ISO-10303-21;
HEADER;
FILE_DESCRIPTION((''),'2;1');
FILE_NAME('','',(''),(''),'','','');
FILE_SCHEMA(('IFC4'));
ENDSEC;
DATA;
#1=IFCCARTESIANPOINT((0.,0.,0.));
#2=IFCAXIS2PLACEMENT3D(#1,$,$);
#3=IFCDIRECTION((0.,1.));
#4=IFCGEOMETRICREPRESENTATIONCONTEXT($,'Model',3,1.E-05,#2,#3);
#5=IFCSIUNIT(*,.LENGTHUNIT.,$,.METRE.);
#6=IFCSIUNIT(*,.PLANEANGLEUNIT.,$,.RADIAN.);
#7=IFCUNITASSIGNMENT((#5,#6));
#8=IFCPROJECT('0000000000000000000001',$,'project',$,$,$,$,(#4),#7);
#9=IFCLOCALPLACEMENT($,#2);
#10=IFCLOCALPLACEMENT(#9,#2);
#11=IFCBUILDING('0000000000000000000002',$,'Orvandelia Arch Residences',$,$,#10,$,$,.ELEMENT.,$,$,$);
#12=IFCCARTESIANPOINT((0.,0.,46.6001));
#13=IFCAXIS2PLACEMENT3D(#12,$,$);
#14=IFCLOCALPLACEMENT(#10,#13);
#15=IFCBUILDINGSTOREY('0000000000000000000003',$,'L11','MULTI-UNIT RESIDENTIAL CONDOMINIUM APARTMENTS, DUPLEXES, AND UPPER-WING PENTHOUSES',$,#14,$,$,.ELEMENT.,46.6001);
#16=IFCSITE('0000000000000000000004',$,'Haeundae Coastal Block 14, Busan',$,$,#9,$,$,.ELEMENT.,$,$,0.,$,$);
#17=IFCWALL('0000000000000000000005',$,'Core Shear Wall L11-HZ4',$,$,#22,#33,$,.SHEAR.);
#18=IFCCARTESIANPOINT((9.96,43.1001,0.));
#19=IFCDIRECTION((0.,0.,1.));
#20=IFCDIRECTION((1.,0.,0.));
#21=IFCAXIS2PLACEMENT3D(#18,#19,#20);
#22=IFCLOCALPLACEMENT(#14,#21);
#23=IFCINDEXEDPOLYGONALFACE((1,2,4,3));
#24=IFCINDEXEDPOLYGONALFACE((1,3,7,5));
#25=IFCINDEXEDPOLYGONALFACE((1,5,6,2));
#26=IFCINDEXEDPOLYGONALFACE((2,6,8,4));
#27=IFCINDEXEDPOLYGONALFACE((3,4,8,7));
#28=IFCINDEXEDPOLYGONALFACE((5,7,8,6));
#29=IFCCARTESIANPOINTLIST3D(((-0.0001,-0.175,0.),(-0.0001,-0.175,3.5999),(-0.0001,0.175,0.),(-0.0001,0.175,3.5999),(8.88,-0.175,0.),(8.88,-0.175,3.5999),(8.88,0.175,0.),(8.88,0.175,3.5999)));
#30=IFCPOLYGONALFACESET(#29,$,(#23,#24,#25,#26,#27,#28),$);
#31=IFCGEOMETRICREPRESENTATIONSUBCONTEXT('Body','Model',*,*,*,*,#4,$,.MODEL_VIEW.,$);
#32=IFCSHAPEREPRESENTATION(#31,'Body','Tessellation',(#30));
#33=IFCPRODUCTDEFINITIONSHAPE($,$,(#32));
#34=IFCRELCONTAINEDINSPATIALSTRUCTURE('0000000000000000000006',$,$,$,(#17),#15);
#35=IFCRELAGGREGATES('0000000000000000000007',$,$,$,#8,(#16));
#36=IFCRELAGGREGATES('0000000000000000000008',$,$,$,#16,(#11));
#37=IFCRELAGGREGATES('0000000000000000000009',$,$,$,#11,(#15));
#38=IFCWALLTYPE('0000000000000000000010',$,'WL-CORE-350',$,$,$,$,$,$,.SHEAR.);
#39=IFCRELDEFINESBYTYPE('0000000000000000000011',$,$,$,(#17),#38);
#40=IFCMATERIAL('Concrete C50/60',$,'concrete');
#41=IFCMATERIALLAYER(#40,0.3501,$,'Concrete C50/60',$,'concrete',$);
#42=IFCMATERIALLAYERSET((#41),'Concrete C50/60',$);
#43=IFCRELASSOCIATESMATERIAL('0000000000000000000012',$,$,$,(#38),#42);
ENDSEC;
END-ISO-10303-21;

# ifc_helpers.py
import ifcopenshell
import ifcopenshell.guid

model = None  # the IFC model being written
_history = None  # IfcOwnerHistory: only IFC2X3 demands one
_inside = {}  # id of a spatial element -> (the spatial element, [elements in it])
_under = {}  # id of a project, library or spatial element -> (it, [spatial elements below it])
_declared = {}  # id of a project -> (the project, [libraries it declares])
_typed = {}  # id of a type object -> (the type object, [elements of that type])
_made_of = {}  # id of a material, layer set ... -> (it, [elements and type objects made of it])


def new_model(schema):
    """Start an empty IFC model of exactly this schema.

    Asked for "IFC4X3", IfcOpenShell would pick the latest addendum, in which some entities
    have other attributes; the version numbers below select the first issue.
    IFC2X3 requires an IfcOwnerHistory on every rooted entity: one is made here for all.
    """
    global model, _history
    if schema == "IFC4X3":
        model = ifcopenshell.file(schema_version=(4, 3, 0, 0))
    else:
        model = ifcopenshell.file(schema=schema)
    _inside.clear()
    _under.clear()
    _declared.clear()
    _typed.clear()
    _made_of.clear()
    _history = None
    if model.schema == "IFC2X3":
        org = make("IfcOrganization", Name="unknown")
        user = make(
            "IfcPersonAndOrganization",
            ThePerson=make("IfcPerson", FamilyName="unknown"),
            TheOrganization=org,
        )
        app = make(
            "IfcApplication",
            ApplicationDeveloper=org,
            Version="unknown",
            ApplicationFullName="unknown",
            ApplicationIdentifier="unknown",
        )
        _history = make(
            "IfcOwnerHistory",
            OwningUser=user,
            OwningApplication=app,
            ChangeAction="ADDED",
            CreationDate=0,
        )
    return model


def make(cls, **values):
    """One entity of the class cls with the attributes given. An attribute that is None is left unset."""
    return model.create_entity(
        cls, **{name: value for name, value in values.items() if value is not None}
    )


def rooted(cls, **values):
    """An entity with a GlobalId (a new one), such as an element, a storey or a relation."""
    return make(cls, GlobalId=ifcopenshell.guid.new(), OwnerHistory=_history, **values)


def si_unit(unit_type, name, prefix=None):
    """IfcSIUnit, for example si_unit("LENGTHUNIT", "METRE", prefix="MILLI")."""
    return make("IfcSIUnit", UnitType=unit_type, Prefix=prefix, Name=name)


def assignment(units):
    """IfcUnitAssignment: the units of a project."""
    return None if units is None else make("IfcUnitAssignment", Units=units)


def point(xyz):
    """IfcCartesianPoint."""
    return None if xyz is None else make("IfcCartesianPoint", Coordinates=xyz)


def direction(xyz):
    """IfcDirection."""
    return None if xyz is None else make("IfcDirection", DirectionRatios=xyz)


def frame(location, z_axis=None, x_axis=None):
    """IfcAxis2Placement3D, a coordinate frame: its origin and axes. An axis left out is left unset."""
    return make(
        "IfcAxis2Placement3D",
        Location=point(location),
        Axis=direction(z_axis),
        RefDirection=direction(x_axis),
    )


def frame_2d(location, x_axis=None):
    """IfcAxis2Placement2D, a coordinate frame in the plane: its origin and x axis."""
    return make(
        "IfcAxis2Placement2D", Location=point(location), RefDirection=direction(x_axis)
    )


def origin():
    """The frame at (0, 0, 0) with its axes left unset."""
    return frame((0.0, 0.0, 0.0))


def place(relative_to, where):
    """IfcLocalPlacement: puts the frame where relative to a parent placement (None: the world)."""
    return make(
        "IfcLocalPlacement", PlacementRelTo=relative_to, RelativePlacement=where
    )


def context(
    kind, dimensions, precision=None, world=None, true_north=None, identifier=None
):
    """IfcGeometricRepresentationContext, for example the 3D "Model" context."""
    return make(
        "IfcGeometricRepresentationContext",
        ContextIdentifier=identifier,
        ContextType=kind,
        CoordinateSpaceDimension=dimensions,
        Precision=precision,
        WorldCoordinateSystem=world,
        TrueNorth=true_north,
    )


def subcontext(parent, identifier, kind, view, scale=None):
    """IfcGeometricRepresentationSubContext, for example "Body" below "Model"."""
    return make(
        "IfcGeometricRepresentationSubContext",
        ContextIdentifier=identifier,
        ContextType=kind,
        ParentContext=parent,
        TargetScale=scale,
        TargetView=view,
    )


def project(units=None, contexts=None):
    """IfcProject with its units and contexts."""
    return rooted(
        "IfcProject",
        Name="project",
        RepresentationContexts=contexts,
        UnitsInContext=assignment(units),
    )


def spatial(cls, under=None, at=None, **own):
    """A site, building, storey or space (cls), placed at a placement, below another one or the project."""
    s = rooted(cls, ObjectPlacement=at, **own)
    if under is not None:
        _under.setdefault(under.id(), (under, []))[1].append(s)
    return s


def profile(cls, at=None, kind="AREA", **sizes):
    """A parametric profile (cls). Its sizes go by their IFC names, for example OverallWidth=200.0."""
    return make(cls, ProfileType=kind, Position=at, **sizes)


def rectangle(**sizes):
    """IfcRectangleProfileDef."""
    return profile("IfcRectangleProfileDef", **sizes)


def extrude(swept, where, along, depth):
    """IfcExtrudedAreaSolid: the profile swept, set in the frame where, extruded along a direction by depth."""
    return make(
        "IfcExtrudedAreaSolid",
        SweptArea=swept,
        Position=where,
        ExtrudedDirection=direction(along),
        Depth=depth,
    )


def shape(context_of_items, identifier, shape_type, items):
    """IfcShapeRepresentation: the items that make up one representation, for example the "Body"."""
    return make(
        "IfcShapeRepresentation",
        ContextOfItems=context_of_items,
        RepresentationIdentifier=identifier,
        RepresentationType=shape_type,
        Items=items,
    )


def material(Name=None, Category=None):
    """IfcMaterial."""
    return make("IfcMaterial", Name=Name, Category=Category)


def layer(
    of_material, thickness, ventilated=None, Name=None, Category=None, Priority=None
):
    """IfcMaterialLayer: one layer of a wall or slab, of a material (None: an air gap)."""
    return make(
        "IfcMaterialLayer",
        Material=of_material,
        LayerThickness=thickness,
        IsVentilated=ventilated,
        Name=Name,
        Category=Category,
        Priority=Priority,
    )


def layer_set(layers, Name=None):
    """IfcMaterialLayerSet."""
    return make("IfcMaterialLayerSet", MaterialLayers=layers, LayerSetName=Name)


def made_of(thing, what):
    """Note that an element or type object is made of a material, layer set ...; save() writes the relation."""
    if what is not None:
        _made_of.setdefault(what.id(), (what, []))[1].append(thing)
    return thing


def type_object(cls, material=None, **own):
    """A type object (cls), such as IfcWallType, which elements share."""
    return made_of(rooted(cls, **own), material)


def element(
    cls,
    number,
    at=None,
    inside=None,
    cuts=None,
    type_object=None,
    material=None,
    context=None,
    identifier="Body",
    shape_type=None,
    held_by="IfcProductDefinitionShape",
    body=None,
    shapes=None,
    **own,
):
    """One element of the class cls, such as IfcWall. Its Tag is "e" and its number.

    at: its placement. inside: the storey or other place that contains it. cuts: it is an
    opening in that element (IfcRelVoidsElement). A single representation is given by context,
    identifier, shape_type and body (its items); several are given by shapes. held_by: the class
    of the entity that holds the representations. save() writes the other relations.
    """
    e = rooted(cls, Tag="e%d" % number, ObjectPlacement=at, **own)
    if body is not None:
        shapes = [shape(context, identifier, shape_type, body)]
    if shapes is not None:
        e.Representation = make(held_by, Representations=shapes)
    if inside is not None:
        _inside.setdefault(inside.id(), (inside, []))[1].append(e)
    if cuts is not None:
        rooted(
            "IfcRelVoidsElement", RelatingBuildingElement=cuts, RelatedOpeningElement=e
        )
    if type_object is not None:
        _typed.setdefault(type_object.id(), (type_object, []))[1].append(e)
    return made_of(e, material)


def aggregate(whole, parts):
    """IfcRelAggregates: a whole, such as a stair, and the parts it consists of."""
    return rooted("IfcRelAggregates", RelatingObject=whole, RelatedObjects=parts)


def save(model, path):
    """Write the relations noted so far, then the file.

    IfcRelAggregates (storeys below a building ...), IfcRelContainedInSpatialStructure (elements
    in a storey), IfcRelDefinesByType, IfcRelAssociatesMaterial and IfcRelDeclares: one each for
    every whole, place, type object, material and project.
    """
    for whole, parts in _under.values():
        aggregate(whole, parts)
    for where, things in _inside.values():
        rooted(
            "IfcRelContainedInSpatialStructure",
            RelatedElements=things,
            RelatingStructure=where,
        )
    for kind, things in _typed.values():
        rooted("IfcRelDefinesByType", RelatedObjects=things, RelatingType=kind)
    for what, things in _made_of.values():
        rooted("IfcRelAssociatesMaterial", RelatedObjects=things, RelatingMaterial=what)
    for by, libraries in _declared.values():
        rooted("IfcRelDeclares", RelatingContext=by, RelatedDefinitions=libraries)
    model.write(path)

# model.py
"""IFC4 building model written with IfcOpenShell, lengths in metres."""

from ifc_helpers import new_model, si_unit, direction, frame, frame_2d, origin, place, context, subcontext, project, spatial, rectangle, extrude, material, layer, layer_set, type_object, element, save


model = new_model("IFC4")

# Units and contexts
model_context = context("Model", 3, precision=1e-05, world=origin(), true_north=direction((0.0, 1.0)))
body_context = subcontext(model_context, "Body", "Model", "MODEL_VIEW")
ifc_project = project(units=[si_unit("LENGTHUNIT", "METRE"), si_unit("PLANEANGLEUNIT", "RADIAN")], contexts=[model_context])

# Site, building, storey
site_placement = place(None, origin())
site = spatial("IfcSite", under=ifc_project, at=site_placement, Name="Haeundae Coastal Block 14, Busan", CompositionType="ELEMENT", RefElevation=0.0)
building_placement = place(site_placement, origin())
building = spatial("IfcBuilding", under=site, at=building_placement, Name="Orvandelia Arch Residences", CompositionType="ELEMENT")
storey_placement = place(building_placement, frame((0.0, 0.0, 46.6001)))
storey = spatial("IfcBuildingStorey", under=building, at=storey_placement, Name="L11", Description="MULTI-UNIT RESIDENTIAL CONDOMINIUM APARTMENTS, DUPLEXES, AND UPPER-WING PENTHOUSES", CompositionType="ELEMENT", Elevation=46.6001)

# Wall
ifc_material_1 = material(Name="Concrete C50/60", Category="concrete")
ifc_layer_1 = layer(ifc_material_1, 0.3501, Name="Concrete C50/60", Category="concrete")
ifc_layer_set_1 = layer_set([ifc_layer_1], Name="Concrete C50/60")
wall_type_1 = type_object("IfcWallType", Name="WL-CORE-350", PredefinedType="SHEAR", material=ifc_layer_set_1)
wall_1_placement = place(storey_placement, frame((9.96, 43.1001, 0.0), z_axis=(0.0, 0.0, 1.0), x_axis=(1.0, 0.0, 0.0)))
element("IfcWall", 1, at=wall_1_placement, inside=storey, type_object=wall_type_1, Name="Core Shear Wall L11-HZ4", PredefinedType="SHEAR", context=body_context, shape_type="SweptSolid", body=[
    extrude(rectangle(XDim=8.8801, YDim=0.3501, at=frame_2d((4.4399, 0.0))), origin(), (0.0, 0.0, 1.0), 3.5999),
])

save(model, "model.ifc")
